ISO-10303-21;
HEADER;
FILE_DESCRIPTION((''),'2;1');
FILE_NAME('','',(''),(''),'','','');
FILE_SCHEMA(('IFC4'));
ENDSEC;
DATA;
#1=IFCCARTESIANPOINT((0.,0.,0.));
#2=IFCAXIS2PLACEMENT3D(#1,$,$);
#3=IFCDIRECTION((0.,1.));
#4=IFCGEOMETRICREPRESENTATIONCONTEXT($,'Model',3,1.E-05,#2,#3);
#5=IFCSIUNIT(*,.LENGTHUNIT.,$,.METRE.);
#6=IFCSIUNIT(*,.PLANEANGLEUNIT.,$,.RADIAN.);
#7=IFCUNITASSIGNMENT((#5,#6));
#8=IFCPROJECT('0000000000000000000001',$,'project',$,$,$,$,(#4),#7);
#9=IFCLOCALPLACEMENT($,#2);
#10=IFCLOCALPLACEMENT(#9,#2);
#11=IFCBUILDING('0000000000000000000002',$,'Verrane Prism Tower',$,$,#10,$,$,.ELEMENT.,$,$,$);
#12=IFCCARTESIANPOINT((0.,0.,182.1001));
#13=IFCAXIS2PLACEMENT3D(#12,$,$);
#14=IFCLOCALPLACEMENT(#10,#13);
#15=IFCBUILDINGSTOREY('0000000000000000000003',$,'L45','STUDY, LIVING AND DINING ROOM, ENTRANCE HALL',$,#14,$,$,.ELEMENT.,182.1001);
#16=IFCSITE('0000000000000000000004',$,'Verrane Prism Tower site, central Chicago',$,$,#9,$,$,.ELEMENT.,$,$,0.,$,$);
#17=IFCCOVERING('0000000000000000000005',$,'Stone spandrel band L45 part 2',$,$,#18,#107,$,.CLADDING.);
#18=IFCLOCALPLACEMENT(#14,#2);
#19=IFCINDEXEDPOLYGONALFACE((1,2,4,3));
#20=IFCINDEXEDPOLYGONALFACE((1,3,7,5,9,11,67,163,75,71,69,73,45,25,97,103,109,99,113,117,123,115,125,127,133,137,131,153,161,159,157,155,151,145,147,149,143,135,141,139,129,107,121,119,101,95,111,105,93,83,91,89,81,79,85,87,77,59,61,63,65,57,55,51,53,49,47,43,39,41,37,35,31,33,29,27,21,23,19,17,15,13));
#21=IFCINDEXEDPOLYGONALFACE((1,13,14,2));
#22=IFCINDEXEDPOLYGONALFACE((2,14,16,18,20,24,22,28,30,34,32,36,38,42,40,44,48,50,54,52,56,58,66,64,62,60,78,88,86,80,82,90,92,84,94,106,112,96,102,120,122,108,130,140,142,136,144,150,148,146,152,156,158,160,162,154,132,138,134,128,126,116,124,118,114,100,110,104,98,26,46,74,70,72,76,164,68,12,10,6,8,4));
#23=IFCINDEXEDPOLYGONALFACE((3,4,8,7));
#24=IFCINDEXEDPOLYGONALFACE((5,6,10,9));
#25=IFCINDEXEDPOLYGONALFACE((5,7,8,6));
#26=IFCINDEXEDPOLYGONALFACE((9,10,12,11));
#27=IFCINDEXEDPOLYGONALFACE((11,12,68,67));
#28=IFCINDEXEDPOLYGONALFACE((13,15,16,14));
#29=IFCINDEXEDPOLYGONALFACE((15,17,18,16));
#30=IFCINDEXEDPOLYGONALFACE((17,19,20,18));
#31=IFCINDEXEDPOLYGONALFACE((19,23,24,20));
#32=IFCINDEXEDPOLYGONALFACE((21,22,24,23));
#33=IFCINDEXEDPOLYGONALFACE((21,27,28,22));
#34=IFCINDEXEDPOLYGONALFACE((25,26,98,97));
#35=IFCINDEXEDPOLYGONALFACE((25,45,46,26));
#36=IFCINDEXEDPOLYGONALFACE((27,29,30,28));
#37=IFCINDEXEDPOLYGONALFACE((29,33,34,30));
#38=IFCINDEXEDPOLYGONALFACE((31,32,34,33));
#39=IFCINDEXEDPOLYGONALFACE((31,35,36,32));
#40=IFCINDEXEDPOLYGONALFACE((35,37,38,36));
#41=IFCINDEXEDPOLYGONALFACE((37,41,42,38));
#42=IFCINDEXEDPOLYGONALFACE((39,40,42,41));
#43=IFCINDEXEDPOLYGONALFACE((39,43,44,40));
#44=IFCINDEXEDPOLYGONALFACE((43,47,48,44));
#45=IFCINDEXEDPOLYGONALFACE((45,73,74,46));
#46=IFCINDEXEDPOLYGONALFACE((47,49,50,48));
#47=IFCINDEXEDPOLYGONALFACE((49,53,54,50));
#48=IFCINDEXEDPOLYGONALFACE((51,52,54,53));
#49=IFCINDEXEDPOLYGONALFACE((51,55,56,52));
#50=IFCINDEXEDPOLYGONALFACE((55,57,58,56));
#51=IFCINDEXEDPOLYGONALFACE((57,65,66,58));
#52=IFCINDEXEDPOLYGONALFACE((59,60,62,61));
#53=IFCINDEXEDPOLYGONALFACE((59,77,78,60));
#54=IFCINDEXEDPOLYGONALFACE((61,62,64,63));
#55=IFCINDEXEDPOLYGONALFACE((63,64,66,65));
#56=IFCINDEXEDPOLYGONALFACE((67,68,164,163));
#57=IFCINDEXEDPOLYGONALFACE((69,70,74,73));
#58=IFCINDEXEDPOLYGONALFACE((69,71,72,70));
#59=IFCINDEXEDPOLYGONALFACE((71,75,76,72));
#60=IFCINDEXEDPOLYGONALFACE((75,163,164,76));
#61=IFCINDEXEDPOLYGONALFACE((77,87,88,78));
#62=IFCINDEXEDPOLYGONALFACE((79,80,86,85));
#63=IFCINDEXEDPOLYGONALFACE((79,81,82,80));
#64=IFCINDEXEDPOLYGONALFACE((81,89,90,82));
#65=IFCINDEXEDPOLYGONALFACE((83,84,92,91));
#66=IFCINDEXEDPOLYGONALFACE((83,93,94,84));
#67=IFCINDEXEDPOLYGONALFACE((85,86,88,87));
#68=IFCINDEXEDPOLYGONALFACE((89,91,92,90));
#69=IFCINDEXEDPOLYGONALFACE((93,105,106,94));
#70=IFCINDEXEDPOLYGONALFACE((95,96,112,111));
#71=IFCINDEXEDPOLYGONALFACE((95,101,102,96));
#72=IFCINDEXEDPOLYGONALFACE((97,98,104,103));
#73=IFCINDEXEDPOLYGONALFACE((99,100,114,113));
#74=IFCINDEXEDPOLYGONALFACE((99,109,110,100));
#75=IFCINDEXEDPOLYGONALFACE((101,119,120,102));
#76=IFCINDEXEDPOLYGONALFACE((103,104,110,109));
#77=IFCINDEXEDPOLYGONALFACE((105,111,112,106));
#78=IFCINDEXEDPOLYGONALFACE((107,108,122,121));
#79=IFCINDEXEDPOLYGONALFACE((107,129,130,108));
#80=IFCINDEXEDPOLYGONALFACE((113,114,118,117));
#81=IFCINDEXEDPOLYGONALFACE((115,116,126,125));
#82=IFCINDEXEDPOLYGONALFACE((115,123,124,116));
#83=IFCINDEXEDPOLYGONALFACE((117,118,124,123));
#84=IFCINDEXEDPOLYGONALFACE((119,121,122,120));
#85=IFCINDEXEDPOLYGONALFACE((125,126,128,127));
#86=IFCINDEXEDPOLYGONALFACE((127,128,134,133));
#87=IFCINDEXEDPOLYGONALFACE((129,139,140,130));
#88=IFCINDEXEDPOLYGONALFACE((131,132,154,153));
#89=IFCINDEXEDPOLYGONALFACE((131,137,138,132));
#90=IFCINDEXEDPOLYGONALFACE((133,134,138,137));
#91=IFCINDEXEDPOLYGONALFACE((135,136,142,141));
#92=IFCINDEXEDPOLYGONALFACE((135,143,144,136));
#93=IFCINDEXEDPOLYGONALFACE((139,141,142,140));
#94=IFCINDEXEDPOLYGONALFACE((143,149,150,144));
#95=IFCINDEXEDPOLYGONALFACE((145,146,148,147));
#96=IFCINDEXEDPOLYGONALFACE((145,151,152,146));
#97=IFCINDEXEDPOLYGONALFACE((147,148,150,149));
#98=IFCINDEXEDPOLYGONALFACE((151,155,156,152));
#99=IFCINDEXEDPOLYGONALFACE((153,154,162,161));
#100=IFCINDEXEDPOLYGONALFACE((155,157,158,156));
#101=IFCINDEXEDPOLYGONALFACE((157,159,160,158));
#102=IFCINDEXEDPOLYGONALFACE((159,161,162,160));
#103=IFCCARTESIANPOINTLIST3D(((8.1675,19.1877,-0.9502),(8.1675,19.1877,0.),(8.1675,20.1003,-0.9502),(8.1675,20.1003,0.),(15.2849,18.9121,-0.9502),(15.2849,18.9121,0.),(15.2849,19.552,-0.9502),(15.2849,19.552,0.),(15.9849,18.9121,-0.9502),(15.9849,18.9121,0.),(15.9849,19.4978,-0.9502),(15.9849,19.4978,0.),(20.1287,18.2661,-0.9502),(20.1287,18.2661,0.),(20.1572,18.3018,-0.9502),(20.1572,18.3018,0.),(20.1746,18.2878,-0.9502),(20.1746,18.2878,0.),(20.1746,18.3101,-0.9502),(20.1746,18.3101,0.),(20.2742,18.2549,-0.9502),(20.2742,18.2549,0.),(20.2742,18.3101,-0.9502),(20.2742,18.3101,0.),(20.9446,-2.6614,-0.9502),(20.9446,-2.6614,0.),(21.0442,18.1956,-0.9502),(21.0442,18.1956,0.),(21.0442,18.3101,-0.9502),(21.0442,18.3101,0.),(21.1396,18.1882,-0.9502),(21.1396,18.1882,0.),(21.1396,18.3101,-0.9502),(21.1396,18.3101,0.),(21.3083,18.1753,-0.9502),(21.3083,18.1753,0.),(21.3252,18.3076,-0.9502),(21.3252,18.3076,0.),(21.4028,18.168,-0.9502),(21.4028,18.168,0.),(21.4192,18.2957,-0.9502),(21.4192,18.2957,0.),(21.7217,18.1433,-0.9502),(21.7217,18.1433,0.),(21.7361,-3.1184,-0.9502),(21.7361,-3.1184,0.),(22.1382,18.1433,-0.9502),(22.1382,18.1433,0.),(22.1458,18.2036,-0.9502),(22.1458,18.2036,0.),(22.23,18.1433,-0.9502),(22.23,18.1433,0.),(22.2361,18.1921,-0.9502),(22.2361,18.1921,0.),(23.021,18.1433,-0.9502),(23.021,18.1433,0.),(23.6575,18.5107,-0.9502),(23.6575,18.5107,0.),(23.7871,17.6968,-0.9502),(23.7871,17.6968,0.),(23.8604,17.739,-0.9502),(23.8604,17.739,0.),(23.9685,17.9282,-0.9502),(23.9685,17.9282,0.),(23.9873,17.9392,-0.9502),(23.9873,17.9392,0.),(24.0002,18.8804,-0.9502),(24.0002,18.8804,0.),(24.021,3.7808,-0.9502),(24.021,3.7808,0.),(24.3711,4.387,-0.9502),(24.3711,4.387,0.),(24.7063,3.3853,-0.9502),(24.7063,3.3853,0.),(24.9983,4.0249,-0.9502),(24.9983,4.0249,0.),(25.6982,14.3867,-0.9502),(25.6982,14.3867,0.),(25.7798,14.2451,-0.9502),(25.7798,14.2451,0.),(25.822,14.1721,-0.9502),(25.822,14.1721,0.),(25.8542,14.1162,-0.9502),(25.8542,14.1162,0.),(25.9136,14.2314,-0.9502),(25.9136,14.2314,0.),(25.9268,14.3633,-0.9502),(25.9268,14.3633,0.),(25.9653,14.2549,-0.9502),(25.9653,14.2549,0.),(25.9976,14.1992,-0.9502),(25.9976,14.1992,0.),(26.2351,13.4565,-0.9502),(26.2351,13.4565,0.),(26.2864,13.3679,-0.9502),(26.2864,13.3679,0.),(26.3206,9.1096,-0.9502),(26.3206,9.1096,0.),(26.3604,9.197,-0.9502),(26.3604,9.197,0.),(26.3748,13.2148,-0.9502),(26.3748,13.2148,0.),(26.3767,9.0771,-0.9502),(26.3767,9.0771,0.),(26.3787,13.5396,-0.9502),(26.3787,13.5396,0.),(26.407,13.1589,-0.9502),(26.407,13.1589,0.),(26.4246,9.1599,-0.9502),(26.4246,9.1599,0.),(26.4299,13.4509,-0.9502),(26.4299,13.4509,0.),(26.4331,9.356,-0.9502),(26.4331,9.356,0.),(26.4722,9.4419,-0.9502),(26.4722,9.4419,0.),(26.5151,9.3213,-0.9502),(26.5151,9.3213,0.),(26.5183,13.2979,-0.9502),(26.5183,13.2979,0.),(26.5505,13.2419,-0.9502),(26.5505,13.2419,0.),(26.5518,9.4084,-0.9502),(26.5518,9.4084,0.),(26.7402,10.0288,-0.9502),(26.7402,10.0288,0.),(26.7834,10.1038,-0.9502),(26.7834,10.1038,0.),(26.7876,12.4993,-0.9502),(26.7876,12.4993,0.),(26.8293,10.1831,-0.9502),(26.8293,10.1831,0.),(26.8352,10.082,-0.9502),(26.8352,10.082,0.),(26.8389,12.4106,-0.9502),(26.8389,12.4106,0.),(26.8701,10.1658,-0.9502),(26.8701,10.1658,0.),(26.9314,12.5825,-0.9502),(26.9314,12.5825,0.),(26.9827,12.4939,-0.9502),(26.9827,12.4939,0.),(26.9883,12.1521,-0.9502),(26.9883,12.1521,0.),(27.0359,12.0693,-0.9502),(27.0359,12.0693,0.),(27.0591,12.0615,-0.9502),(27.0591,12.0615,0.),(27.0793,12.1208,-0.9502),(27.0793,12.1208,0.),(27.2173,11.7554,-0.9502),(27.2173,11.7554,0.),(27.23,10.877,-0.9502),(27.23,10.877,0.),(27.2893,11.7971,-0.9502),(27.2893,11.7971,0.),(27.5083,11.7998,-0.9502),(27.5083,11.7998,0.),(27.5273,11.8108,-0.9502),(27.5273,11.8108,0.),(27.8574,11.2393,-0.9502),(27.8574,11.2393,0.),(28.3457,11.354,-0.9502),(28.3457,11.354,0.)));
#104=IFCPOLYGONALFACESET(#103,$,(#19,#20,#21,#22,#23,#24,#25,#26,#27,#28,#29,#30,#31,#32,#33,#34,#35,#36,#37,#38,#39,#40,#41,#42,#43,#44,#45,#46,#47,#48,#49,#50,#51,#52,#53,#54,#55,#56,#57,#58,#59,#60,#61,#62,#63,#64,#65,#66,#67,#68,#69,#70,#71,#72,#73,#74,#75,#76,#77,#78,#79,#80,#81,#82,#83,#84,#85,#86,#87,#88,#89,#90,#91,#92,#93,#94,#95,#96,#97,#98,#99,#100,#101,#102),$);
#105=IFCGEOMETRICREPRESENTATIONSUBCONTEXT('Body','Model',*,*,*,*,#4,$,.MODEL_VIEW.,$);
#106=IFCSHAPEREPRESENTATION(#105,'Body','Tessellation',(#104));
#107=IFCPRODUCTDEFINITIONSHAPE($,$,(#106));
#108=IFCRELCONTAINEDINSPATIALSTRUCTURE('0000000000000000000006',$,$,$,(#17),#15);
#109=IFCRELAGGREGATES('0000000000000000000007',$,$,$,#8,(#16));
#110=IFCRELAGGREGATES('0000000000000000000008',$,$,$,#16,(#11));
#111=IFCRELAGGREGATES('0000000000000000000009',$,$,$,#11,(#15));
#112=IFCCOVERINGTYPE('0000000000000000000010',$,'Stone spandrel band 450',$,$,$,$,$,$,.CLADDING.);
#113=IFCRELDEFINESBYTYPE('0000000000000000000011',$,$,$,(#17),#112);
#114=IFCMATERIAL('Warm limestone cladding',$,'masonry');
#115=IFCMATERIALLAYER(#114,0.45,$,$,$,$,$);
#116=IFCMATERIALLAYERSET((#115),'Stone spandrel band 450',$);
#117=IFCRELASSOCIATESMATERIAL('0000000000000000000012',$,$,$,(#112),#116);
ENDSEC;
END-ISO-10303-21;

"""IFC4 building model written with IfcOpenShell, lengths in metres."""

from ifc_helpers import new_model, si_unit, direction, frame, origin, place, context, subcontext, project, spatial, polyline, outline, extrude, material, layer, layer_set, type_object, element, save


model = new_model("IFC4")

# Units and contexts
model_context = context("Model", 3, precision=1e-05, world=origin(), true_north=direction((0.0, 1.0)))
body_context = subcontext(model_context, "Body", "Model", "MODEL_VIEW")
ifc_project = project(units=[si_unit("LENGTHUNIT", "METRE"), si_unit("PLANEANGLEUNIT", "RADIAN")], contexts=[model_context])

# Site, building, storey
site_placement = place(None, origin())
site = spatial("IfcSite", under=ifc_project, at=site_placement, Name="Verrane Prism Tower site, central Chicago", CompositionType="ELEMENT", RefElevation=0.0)
building_placement = place(site_placement, origin())
building = spatial("IfcBuilding", under=site, at=building_placement, Name="Verrane Prism Tower", CompositionType="ELEMENT")
storey_placement = place(building_placement, frame((0.0, 0.0, 182.1001)))
storey = spatial("IfcBuildingStorey", under=building, at=storey_placement, Name="L45", Description="STUDY, LIVING AND DINING ROOM, ENTRANCE HALL", CompositionType="ELEMENT", Elevation=182.1001)

# Covering
ifc_material_1 = material(Name="Warm limestone cladding", Category="masonry")
ifc_layer_1 = layer(ifc_material_1, 0.45)
ifc_layer_set_1 = layer_set([ifc_layer_1], Name="Stone spandrel band 450")
covering_type = type_object("IfcCoveringType", Name="Stone spandrel band 450", PredefinedType="CLADDING", material=ifc_layer_set_1)
covering_1_placement = place(storey_placement, frame((0.0, 0.0, -0.9502)))
element("IfcCovering", 1, at=covering_1_placement, inside=storey, type_object=covering_type, Name="Stone spandrel band L45 part 2", PredefinedType="CLADDING", context=body_context, shape_type="SweptSolid", body=[
    extrude(outline(polyline([(8.1675, 19.1877), (20.1287, 18.2661), (20.1572, 18.3018), (20.1746, 18.2878), (20.1746, 18.3101), (20.2742, 18.3101), (20.2742, 18.2549), (21.0442, 18.1956), (21.0442, 18.3101), (21.1396, 18.3101), (21.1396, 18.1882), (21.3083, 18.1753), (21.3252, 18.3076), (21.4192, 18.2957), (21.4028, 18.168), (21.7217, 18.1433), (22.1382, 18.1433), (22.1458, 18.2036), (22.2361, 18.1921), (22.23, 18.1433), (23.021, 18.1433), (23.6575, 18.5107), (23.9873, 17.9392), (23.9685, 17.9282), (23.8604, 17.739), (23.7871, 17.6968), (25.6982, 14.3867), (25.9268, 14.3633), (25.9136, 14.2314), (25.7798, 14.2451), (25.822, 14.1721), (25.9653, 14.2549), (25.9976, 14.1992), (25.8542, 14.1162), (26.2351, 13.4565), (26.3787, 13.5396), (26.4299, 13.4509), (26.2864, 13.3679), (26.3748, 13.2148), (26.5183, 13.2979), (26.5505, 13.2419), (26.407, 13.1589), (26.7876, 12.4993), (26.9314, 12.5825), (26.9827, 12.4939), (26.8389, 12.4106), (26.9883, 12.1521), (27.0793, 12.1208), (27.0591, 12.0615), (27.0359, 12.0693), (27.2173, 11.7554), (27.2893, 11.7971), (27.5083, 11.7998), (27.5273, 11.8108), (27.8574, 11.2393), (27.23, 10.877), (26.8293, 10.1831), (26.8701, 10.1658), (26.8352, 10.082), (26.7834, 10.1038), (26.7402, 10.0288), (26.4722, 9.4419), (26.5518, 9.4084), (26.5151, 9.3213), (26.4331, 9.356), (26.3604, 9.197), (26.4246, 9.1599), (26.3767, 9.0771), (26.3206, 9.1096), (20.9446, -2.6614), (21.7361, -3.1184), (24.7063, 3.3853), (24.021, 3.7808), (24.3711, 4.387), (24.9983, 4.0249), (28.3457, 11.354), (24.0002, 18.8804), (15.9849, 19.4978), (15.9849, 18.9121), (15.2849, 18.9121), (15.2849, 19.552), (8.1675, 20.1003), (8.1675, 19.1877)])), origin(), (0.0, 0.0, 1.0), 0.9502),
])

save(model, "model.ifc")
